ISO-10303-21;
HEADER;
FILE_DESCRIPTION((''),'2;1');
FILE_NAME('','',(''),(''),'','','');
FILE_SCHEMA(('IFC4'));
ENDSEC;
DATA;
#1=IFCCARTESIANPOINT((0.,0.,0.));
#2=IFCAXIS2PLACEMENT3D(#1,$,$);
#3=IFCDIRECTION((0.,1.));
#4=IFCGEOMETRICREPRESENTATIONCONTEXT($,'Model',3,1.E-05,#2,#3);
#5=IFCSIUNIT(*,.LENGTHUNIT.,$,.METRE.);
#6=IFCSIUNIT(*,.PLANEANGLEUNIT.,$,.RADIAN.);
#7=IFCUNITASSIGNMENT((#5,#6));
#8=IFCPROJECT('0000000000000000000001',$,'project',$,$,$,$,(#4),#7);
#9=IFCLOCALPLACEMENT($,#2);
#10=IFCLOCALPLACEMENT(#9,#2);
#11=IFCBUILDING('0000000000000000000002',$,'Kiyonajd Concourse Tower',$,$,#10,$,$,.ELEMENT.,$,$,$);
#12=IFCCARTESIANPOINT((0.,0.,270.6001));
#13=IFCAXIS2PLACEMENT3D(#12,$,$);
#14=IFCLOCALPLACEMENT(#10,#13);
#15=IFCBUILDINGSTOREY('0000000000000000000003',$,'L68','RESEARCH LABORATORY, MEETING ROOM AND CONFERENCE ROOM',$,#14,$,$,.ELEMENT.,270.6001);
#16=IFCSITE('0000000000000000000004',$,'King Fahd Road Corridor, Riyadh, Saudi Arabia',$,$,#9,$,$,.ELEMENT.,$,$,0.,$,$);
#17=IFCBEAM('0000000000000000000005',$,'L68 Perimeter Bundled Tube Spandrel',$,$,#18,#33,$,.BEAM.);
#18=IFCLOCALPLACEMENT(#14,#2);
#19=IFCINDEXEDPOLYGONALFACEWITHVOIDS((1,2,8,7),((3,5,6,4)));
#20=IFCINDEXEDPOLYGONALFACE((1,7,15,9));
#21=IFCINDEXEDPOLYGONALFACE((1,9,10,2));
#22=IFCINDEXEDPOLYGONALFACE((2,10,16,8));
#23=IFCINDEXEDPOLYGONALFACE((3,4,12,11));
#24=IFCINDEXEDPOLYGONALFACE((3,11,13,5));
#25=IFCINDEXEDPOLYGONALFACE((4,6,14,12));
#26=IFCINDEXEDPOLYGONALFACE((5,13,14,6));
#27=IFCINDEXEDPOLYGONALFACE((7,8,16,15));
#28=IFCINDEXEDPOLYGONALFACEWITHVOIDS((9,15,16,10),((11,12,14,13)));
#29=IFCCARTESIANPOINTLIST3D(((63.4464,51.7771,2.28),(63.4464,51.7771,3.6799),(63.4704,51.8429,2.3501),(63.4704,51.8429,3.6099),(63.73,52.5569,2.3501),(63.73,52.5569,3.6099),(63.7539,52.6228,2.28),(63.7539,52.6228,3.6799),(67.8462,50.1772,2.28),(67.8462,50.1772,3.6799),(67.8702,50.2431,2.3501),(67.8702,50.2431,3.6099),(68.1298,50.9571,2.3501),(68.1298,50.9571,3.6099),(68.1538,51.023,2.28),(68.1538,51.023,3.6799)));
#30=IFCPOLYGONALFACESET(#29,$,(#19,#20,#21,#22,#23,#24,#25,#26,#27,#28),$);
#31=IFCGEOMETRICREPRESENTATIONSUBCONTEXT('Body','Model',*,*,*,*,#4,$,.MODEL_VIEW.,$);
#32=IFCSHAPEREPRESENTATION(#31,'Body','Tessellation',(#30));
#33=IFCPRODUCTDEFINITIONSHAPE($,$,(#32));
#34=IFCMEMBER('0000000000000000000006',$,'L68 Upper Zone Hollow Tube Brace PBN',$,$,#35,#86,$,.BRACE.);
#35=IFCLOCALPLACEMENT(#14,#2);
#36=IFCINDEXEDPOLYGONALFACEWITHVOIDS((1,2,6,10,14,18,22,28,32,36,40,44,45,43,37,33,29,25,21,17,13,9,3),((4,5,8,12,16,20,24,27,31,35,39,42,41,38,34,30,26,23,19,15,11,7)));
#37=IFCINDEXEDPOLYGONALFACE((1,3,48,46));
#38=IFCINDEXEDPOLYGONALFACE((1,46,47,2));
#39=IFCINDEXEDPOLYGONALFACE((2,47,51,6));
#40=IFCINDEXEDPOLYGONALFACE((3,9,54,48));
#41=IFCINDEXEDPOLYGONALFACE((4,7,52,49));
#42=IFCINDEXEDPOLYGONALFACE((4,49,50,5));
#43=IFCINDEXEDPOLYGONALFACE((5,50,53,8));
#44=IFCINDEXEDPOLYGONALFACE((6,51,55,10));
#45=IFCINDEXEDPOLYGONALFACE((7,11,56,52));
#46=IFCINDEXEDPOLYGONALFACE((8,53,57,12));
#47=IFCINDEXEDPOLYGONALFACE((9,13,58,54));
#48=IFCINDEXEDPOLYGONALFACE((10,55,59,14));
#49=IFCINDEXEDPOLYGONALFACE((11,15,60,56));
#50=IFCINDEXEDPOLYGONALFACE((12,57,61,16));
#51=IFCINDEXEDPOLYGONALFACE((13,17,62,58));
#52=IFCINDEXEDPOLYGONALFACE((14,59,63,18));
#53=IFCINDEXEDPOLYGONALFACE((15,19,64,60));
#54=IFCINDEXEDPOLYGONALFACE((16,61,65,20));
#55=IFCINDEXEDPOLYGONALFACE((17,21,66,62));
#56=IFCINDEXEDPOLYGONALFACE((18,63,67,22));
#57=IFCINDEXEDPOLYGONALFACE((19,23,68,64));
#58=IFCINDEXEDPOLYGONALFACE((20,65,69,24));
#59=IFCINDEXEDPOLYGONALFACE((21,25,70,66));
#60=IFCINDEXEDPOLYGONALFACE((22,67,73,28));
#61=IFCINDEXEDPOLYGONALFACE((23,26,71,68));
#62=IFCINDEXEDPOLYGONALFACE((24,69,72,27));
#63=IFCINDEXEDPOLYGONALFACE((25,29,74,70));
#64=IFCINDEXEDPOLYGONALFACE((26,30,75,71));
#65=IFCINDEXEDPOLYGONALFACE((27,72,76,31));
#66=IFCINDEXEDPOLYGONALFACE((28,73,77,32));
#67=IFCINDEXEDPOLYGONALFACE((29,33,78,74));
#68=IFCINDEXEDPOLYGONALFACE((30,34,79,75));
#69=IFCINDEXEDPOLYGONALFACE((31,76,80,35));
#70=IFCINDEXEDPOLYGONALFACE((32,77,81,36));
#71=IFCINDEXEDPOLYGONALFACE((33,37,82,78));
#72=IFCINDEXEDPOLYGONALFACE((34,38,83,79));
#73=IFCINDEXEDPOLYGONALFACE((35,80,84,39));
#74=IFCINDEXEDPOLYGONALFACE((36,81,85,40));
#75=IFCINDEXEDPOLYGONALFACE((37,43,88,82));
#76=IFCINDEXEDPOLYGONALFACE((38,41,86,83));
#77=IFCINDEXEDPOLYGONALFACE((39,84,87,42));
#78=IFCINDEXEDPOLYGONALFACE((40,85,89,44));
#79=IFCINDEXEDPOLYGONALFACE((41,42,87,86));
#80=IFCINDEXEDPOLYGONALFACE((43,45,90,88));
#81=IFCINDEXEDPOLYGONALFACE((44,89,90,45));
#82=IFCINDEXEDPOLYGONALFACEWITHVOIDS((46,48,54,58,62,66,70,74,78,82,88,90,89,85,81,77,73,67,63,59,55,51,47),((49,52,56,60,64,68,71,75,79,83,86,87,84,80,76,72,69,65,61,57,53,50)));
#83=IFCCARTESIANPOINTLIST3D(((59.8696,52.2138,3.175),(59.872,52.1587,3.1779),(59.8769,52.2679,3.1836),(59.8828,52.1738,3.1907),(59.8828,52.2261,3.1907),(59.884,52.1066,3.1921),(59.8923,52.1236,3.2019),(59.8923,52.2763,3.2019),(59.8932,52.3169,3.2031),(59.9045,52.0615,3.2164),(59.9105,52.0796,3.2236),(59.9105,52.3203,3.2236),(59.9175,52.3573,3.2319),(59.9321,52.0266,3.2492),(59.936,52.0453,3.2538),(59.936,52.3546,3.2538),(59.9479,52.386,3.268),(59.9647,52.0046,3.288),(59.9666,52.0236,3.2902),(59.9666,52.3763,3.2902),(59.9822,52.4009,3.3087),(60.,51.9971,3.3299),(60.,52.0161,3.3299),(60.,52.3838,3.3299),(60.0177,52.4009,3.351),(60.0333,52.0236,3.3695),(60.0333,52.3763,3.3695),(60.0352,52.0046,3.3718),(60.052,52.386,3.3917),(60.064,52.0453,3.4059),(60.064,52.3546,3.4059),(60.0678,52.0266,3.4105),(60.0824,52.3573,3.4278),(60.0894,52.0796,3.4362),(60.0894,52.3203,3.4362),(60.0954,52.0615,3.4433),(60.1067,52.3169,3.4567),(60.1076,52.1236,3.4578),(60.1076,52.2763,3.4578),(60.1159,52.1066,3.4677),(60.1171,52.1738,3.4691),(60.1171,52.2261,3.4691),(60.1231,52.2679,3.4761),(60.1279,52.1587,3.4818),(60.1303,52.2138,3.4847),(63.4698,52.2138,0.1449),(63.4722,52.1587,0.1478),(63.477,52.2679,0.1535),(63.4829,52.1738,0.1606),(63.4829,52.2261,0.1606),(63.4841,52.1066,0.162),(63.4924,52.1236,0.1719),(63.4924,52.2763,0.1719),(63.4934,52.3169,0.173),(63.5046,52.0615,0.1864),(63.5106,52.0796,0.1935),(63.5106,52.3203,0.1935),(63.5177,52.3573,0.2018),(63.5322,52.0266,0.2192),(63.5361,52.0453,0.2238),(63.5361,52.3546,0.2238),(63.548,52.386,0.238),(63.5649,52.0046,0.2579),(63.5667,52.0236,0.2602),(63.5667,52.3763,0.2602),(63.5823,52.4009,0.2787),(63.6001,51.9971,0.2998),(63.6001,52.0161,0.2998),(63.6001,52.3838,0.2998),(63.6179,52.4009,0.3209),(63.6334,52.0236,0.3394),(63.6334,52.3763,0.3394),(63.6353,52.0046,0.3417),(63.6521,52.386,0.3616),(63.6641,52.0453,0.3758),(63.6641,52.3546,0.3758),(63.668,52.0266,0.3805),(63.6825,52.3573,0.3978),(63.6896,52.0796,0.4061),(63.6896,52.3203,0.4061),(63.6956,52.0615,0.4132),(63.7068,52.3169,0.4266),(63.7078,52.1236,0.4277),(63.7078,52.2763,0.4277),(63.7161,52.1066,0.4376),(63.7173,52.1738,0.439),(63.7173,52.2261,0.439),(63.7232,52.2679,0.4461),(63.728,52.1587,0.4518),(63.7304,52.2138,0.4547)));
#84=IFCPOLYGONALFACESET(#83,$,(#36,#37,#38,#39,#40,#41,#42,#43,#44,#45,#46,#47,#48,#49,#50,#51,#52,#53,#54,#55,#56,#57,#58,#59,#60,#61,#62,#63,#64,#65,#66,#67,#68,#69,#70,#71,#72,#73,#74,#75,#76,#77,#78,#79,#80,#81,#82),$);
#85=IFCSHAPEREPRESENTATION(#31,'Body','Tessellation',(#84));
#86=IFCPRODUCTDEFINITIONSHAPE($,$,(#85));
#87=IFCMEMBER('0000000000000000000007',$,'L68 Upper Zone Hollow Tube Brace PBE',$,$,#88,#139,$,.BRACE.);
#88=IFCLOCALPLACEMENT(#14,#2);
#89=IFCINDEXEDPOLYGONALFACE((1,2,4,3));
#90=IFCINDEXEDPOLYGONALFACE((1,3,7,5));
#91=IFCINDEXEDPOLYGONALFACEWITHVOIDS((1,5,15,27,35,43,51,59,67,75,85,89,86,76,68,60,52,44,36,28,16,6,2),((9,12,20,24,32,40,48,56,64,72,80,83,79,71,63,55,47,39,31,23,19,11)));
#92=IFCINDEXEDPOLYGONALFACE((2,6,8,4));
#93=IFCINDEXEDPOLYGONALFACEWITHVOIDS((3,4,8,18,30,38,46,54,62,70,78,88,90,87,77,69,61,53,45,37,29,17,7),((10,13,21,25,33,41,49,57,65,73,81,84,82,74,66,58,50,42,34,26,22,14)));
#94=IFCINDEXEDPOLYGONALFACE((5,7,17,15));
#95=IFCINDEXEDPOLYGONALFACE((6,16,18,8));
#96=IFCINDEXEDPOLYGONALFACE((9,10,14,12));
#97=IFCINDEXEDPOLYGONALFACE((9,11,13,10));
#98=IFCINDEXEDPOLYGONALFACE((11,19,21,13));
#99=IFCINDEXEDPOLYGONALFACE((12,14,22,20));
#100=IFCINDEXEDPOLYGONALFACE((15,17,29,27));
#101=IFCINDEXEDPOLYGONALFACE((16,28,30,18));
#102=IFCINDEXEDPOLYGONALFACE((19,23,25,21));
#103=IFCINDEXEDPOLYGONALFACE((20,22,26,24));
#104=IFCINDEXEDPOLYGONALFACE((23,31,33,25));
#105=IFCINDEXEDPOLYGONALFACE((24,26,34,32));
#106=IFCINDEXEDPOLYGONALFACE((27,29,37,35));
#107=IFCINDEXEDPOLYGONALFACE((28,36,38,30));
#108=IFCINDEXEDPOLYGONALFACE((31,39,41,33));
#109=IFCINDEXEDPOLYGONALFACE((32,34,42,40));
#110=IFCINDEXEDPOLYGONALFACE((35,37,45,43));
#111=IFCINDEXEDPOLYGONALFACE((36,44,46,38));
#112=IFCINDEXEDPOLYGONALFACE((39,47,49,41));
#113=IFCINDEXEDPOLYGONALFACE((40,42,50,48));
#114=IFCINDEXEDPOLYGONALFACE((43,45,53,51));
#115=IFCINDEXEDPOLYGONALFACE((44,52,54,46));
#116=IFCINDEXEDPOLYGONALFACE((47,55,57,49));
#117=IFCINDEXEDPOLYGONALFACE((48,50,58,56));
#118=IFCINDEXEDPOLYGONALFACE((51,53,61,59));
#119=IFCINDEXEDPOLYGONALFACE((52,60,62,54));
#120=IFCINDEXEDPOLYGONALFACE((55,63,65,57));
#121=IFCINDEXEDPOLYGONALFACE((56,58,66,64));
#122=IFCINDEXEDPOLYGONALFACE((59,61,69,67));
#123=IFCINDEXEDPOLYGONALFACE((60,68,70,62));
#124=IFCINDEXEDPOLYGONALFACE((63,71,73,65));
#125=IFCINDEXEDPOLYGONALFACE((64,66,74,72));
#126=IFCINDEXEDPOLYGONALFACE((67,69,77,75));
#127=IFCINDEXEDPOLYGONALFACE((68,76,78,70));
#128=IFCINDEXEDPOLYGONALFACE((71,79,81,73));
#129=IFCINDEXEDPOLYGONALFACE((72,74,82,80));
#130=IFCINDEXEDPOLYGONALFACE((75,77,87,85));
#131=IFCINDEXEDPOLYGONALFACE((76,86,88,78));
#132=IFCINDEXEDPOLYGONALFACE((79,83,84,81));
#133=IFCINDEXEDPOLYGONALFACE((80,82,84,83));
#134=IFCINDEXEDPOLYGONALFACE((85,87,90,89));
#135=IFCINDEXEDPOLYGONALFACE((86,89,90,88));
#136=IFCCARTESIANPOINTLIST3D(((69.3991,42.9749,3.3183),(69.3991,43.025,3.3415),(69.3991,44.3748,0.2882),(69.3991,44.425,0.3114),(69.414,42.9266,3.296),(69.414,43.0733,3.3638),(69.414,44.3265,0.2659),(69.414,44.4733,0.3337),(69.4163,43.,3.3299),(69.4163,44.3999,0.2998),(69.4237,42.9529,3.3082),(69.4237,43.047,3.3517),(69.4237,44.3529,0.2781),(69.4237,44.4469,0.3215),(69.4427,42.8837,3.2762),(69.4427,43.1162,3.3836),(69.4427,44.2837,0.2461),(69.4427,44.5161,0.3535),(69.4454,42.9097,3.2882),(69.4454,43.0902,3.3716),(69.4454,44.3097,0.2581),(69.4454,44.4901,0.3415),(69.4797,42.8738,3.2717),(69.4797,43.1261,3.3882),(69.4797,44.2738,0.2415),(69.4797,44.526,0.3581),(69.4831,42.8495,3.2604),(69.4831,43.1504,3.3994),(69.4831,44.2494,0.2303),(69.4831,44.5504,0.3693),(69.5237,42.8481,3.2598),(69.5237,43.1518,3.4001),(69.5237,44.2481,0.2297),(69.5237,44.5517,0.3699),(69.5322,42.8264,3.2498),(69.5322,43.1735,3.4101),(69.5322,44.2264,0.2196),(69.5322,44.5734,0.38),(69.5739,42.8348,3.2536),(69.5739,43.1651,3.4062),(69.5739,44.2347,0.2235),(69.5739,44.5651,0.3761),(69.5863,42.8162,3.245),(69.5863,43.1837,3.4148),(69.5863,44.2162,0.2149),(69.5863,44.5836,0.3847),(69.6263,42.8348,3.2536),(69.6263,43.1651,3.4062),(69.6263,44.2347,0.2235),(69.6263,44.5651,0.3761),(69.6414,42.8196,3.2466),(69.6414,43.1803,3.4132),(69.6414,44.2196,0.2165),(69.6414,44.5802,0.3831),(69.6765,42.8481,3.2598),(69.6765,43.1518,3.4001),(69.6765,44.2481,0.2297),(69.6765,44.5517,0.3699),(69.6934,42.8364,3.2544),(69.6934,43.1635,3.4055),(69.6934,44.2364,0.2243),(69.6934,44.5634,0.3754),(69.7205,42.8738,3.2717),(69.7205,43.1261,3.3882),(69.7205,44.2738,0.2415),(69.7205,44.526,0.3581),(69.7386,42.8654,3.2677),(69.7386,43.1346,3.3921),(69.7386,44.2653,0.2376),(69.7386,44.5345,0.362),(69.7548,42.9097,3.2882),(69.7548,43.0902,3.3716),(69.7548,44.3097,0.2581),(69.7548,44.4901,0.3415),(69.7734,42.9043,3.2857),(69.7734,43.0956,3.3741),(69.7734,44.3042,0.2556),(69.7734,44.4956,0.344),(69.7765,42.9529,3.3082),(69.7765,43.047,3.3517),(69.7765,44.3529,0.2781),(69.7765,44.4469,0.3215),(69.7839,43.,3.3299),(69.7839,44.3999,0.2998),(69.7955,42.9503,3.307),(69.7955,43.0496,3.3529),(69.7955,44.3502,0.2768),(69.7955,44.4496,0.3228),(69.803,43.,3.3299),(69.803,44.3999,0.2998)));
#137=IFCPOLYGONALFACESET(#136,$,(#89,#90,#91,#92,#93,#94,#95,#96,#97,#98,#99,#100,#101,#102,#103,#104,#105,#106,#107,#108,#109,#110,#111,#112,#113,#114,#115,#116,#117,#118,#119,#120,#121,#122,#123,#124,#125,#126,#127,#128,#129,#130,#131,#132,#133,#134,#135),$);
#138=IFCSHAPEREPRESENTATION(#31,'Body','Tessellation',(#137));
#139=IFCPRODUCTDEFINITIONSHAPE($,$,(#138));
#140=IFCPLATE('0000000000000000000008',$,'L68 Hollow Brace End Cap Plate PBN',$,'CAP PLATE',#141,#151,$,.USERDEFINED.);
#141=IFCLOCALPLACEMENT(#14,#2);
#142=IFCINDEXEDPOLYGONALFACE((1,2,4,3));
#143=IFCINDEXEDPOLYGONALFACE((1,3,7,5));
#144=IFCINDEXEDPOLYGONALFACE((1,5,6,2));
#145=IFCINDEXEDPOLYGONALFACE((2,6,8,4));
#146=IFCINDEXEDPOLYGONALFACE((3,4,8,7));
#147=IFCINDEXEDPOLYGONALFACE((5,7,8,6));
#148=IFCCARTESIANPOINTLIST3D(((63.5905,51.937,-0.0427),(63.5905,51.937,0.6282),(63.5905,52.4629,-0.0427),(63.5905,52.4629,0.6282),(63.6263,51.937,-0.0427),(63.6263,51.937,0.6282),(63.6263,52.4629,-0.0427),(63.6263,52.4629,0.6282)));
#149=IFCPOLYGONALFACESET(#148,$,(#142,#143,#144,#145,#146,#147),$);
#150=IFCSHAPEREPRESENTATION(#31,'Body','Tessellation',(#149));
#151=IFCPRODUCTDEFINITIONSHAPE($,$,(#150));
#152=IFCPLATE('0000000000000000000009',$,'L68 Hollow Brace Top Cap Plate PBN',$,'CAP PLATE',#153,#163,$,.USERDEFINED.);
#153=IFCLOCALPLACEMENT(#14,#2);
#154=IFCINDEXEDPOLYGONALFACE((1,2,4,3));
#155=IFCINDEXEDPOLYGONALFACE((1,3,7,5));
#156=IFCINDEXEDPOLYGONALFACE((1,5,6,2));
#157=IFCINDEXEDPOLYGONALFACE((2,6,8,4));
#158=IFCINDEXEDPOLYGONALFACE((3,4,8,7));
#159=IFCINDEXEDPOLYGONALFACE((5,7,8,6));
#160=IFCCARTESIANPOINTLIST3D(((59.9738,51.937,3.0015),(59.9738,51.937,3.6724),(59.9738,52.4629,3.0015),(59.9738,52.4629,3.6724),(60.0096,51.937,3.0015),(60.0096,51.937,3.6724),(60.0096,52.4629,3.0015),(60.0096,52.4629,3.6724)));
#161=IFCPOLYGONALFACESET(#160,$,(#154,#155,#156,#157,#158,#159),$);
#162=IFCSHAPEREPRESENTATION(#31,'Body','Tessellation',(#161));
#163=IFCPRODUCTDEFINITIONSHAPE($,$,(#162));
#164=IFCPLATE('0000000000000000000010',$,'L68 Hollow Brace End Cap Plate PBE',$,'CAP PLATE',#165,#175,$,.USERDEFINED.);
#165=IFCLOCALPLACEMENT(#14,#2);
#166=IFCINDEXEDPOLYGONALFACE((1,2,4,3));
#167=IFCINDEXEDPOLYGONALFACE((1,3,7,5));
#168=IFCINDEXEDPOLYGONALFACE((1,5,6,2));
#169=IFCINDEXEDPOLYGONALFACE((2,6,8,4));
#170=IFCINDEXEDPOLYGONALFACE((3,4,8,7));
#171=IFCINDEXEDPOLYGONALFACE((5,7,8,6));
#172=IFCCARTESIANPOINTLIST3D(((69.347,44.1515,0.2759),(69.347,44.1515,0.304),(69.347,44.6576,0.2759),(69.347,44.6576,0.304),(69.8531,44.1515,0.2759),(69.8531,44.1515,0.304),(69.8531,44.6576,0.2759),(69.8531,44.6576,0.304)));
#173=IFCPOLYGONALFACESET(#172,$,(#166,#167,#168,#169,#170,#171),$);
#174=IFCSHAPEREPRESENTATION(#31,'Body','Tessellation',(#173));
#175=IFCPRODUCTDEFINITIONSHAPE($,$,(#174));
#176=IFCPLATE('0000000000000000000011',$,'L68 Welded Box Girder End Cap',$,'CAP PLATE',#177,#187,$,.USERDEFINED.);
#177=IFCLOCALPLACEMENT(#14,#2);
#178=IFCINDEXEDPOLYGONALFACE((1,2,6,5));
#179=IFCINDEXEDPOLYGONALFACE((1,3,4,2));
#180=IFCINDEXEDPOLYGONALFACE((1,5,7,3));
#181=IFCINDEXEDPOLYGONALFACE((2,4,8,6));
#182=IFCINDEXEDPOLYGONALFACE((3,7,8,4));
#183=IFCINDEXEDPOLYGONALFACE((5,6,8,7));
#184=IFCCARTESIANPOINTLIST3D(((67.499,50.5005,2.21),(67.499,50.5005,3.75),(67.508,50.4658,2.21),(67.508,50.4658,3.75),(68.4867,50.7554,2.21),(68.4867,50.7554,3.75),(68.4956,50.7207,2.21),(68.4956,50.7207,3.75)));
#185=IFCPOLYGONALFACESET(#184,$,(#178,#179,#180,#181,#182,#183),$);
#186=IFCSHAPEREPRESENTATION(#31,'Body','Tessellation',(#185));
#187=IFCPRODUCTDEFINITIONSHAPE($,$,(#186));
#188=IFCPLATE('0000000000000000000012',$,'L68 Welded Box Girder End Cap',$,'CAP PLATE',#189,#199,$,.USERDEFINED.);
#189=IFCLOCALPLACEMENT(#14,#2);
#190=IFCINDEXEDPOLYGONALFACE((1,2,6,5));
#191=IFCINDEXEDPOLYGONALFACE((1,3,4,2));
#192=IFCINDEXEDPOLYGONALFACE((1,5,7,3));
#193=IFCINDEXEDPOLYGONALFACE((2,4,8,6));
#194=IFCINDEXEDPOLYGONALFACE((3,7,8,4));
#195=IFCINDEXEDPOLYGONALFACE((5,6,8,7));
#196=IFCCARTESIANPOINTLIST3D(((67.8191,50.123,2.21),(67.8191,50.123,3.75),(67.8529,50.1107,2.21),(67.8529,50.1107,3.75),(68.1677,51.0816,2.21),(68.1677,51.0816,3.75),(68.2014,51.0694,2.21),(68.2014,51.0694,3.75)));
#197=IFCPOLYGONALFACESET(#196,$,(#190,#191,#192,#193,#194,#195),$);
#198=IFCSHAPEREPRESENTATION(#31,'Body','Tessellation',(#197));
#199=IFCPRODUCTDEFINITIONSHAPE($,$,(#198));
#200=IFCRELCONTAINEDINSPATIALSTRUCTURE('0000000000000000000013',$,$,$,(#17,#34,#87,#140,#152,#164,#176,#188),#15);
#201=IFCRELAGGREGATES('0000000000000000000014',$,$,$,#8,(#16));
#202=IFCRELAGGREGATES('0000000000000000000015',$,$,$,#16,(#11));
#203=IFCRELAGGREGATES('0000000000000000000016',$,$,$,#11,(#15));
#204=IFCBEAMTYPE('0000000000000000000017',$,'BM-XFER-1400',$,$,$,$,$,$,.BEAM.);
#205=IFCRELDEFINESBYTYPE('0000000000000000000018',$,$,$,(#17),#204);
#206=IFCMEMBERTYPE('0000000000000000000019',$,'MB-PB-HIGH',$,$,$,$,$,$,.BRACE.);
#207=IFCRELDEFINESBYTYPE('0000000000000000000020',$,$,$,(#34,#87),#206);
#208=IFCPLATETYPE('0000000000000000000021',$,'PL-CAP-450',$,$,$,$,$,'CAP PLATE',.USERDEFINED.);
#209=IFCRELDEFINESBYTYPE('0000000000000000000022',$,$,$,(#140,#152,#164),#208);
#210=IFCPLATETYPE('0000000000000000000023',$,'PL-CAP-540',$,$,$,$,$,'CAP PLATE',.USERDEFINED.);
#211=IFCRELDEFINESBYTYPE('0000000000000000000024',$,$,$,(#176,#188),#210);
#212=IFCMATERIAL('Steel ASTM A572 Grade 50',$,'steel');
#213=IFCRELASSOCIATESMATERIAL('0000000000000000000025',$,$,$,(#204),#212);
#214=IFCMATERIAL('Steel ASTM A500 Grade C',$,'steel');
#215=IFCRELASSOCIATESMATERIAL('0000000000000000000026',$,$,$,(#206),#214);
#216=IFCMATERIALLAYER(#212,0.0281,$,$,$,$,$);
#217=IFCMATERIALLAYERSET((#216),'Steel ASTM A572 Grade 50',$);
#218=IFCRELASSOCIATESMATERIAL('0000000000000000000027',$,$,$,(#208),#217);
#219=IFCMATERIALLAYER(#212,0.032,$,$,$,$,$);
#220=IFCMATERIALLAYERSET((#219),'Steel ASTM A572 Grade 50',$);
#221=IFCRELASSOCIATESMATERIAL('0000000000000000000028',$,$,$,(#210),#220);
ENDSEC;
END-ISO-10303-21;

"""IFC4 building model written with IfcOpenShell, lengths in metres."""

from ifc_helpers import new_model, si_unit, direction, frame, origin, origin_2d, place, context, subcontext, project, spatial, rectangle, hollow_rectangle, hollow_circle, extrude, material, layer, layer_set, material_profile, profile_set, type_object, element, save


model = new_model("IFC4")

# Units and contexts
model_context = context("Model", 3, precision=1e-05, world=origin(), true_north=direction((0.0, 1.0)))
body_context = subcontext(model_context, "Body", "Model", "MODEL_VIEW")
ifc_project = project(units=[si_unit("LENGTHUNIT", "METRE"), si_unit("PLANEANGLEUNIT", "RADIAN")], contexts=[model_context])

# Site, building, storey
site_placement = place(None, origin())
site = spatial("IfcSite", under=ifc_project, at=site_placement, Name="King Fahd Road Corridor, Riyadh, Saudi Arabia", CompositionType="ELEMENT", RefElevation=0.0)
building_placement = place(site_placement, origin())
building = spatial("IfcBuilding", under=site, at=building_placement, Name="Kiyonajd Concourse Tower", CompositionType="ELEMENT")
storey_placement = place(building_placement, frame((0.0, 0.0, 270.6001)))
storey = spatial("IfcBuildingStorey", under=building, at=storey_placement, Name="L68", Description="RESEARCH LABORATORY, MEETING ROOM AND CONFERENCE ROOM", CompositionType="ELEMENT", Elevation=270.6001)

# Beam
ifc_material_1 = material(Name="Steel ASTM A572 Grade 50", Category="steel")
ifc_material_profile_1 = material_profile(ifc_material_1, hollow_rectangle(XDim=0.8999, YDim=1.3999, WallThickness=0.0701, at=origin_2d()), Name="BOX-1400x900x70")
ifc_profile_set_1 = profile_set([ifc_material_profile_1], Name="Steel ASTM A572 Grade 50")
beam_type_1 = type_object("IfcBeamType", Name="BM-XFER-1400", PredefinedType="BEAM", material=ifc_profile_set_1)
beam_1_placement = place(storey_placement, frame((68.0, 50.6001, 2.98), z_axis=(-0.939801, 0.341722, 0.0), x_axis=(-0.341722, -0.939801, 0.0)))
element("IfcBeam", 1, at=beam_1_placement, inside=storey, type_object=beam_type_1, Name="L68 Perimeter Bundled Tube Spandrel", PredefinedType="BEAM", context=body_context, shape_type="SweptSolid", body=[
    extrude(hollow_rectangle(XDim=0.8999, YDim=1.3999, WallThickness=0.0701, at=origin_2d()), origin(), (0.0, 0.0, 1.0), 4.6816),
])

# Members
ifc_material_2 = material(Name="Steel ASTM A500 Grade C", Category="steel")
ifc_material_profile_2 = material_profile(ifc_material_2, hollow_circle(Radius=0.2029, WallThickness=0.019, at=origin_2d()), Name="CHS-406x19")
ifc_profile_set_2 = profile_set([ifc_material_profile_2], Name="Steel ASTM A500 Grade C")
member_type = type_object("IfcMemberType", Name="MB-PB-HIGH", PredefinedType="BRACE", material=ifc_profile_set_2)
member_1_placement = place(storey_placement, frame((63.6001, 52.2, 0.2998), z_axis=(-0.765082, 0.0, 0.643933), x_axis=(0.0, -1.0, 0.0)))
element("IfcMember", 2, at=member_1_placement, inside=storey, type_object=member_type, Name="L68 Upper Zone Hollow Tube Brace PBN", PredefinedType="BRACE", context=body_context, shape_type="SweptSolid", body=[
    extrude(hollow_circle(Radius=0.2029, WallThickness=0.019, at=origin_2d()), origin(), (0.0, 0.0, 1.0), 4.7056),
])
member_2_placement = place(storey_placement, frame((69.6001, 44.3999, 0.2998), z_axis=(0.0, -0.419411, 0.907797), x_axis=(1.0, 0.0, 0.0)))
element("IfcMember", 3, at=member_2_placement, inside=storey, type_object=member_type, Name="L68 Upper Zone Hollow Tube Brace PBE", PredefinedType="BRACE", context=body_context, shape_type="SweptSolid", body=[
    extrude(hollow_circle(Radius=0.2029, WallThickness=0.019, at=origin_2d()), origin(), (0.0, 0.0, 1.0), 3.3379),
])

# Plates
ifc_layer_1 = layer(ifc_material_1, 0.0281)
ifc_layer_set_1 = layer_set([ifc_layer_1], Name="Steel ASTM A572 Grade 50")
plate_type_1 = type_object("IfcPlateType", Name="PL-CAP-450", ElementType="CAP PLATE", PredefinedType="USERDEFINED", material=ifc_layer_set_1)
for number, where, z_axis, x_axis, name in (
    (4, (63.6084, 52.2, -0.0427), (0.0, 0.0, 1.0), (1.0, 0.0, 0.0), "L68 Hollow Brace End Cap Plate PBN"),
    (5, (59.9917, 52.2, 3.0015), (0.0, 0.0, 1.0), (-1.0, 0.0, 0.0), "L68 Hollow Brace Top Cap Plate PBN"),
):
    element("IfcPlate", number, at=place(storey_placement, frame(where, z_axis=z_axis, x_axis=x_axis)), inside=storey, type_object=plate_type_1, Name=name, ObjectType="CAP PLATE", PredefinedType="USERDEFINED", context=body_context, shape_type="SweptSolid", body=[
        extrude(rectangle(XDim=0.0359, YDim=0.5259, at=origin_2d()), origin(), (0.0, 0.0, 1.0), 0.6709),
    ])
plate_placement = place(storey_placement, frame((69.6001, 44.4045, 0.2759), z_axis=(0.0, 0.0, 1.0), x_axis=(1.0, 0.0, 0.0)))
element("IfcPlate", 6, at=plate_placement, inside=storey, type_object=plate_type_1, Name="L68 Hollow Brace End Cap Plate PBE", ObjectType="CAP PLATE", PredefinedType="USERDEFINED", context=body_context, shape_type="SweptSolid", body=[
    extrude(rectangle(XDim=0.5061, YDim=0.5061, at=origin_2d()), origin(), (0.0, 0.0, 1.0), 0.0281),
])
ifc_layer_2 = layer(ifc_material_1, 0.032)
ifc_layer_set_2 = layer_set([ifc_layer_2], Name="Steel ASTM A572 Grade 50")
plate_type_2 = type_object("IfcPlateType", Name="PL-CAP-540", ElementType="CAP PLATE", PredefinedType="USERDEFINED", material=ifc_layer_set_2)
for number, where, z_axis, x_axis, name in (
    (7, (67.9973, 50.6106, 2.21), (0.0, 0.0, 1.0), (-0.249873, 0.968279, 0.0), "L68 Welded Box Girder End Cap"),
    (8, (68.0103, 50.5962, 2.21), (0.0, 0.0, 1.0), (0.939812, -0.341692, 0.0), "L68 Welded Box Girder End Cap"),
):
    element("IfcPlate", number, at=place(storey_placement, frame(where, z_axis=z_axis, x_axis=x_axis)), inside=storey, type_object=plate_type_2, Name=name, ObjectType="CAP PLATE", PredefinedType="USERDEFINED", context=body_context, shape_type="SweptSolid", body=[
        extrude(rectangle(XDim=0.0359, YDim=1.02, at=origin_2d()), origin(), (0.0, 0.0, 1.0), 1.54),
    ])

save(model, "model.ifc")
